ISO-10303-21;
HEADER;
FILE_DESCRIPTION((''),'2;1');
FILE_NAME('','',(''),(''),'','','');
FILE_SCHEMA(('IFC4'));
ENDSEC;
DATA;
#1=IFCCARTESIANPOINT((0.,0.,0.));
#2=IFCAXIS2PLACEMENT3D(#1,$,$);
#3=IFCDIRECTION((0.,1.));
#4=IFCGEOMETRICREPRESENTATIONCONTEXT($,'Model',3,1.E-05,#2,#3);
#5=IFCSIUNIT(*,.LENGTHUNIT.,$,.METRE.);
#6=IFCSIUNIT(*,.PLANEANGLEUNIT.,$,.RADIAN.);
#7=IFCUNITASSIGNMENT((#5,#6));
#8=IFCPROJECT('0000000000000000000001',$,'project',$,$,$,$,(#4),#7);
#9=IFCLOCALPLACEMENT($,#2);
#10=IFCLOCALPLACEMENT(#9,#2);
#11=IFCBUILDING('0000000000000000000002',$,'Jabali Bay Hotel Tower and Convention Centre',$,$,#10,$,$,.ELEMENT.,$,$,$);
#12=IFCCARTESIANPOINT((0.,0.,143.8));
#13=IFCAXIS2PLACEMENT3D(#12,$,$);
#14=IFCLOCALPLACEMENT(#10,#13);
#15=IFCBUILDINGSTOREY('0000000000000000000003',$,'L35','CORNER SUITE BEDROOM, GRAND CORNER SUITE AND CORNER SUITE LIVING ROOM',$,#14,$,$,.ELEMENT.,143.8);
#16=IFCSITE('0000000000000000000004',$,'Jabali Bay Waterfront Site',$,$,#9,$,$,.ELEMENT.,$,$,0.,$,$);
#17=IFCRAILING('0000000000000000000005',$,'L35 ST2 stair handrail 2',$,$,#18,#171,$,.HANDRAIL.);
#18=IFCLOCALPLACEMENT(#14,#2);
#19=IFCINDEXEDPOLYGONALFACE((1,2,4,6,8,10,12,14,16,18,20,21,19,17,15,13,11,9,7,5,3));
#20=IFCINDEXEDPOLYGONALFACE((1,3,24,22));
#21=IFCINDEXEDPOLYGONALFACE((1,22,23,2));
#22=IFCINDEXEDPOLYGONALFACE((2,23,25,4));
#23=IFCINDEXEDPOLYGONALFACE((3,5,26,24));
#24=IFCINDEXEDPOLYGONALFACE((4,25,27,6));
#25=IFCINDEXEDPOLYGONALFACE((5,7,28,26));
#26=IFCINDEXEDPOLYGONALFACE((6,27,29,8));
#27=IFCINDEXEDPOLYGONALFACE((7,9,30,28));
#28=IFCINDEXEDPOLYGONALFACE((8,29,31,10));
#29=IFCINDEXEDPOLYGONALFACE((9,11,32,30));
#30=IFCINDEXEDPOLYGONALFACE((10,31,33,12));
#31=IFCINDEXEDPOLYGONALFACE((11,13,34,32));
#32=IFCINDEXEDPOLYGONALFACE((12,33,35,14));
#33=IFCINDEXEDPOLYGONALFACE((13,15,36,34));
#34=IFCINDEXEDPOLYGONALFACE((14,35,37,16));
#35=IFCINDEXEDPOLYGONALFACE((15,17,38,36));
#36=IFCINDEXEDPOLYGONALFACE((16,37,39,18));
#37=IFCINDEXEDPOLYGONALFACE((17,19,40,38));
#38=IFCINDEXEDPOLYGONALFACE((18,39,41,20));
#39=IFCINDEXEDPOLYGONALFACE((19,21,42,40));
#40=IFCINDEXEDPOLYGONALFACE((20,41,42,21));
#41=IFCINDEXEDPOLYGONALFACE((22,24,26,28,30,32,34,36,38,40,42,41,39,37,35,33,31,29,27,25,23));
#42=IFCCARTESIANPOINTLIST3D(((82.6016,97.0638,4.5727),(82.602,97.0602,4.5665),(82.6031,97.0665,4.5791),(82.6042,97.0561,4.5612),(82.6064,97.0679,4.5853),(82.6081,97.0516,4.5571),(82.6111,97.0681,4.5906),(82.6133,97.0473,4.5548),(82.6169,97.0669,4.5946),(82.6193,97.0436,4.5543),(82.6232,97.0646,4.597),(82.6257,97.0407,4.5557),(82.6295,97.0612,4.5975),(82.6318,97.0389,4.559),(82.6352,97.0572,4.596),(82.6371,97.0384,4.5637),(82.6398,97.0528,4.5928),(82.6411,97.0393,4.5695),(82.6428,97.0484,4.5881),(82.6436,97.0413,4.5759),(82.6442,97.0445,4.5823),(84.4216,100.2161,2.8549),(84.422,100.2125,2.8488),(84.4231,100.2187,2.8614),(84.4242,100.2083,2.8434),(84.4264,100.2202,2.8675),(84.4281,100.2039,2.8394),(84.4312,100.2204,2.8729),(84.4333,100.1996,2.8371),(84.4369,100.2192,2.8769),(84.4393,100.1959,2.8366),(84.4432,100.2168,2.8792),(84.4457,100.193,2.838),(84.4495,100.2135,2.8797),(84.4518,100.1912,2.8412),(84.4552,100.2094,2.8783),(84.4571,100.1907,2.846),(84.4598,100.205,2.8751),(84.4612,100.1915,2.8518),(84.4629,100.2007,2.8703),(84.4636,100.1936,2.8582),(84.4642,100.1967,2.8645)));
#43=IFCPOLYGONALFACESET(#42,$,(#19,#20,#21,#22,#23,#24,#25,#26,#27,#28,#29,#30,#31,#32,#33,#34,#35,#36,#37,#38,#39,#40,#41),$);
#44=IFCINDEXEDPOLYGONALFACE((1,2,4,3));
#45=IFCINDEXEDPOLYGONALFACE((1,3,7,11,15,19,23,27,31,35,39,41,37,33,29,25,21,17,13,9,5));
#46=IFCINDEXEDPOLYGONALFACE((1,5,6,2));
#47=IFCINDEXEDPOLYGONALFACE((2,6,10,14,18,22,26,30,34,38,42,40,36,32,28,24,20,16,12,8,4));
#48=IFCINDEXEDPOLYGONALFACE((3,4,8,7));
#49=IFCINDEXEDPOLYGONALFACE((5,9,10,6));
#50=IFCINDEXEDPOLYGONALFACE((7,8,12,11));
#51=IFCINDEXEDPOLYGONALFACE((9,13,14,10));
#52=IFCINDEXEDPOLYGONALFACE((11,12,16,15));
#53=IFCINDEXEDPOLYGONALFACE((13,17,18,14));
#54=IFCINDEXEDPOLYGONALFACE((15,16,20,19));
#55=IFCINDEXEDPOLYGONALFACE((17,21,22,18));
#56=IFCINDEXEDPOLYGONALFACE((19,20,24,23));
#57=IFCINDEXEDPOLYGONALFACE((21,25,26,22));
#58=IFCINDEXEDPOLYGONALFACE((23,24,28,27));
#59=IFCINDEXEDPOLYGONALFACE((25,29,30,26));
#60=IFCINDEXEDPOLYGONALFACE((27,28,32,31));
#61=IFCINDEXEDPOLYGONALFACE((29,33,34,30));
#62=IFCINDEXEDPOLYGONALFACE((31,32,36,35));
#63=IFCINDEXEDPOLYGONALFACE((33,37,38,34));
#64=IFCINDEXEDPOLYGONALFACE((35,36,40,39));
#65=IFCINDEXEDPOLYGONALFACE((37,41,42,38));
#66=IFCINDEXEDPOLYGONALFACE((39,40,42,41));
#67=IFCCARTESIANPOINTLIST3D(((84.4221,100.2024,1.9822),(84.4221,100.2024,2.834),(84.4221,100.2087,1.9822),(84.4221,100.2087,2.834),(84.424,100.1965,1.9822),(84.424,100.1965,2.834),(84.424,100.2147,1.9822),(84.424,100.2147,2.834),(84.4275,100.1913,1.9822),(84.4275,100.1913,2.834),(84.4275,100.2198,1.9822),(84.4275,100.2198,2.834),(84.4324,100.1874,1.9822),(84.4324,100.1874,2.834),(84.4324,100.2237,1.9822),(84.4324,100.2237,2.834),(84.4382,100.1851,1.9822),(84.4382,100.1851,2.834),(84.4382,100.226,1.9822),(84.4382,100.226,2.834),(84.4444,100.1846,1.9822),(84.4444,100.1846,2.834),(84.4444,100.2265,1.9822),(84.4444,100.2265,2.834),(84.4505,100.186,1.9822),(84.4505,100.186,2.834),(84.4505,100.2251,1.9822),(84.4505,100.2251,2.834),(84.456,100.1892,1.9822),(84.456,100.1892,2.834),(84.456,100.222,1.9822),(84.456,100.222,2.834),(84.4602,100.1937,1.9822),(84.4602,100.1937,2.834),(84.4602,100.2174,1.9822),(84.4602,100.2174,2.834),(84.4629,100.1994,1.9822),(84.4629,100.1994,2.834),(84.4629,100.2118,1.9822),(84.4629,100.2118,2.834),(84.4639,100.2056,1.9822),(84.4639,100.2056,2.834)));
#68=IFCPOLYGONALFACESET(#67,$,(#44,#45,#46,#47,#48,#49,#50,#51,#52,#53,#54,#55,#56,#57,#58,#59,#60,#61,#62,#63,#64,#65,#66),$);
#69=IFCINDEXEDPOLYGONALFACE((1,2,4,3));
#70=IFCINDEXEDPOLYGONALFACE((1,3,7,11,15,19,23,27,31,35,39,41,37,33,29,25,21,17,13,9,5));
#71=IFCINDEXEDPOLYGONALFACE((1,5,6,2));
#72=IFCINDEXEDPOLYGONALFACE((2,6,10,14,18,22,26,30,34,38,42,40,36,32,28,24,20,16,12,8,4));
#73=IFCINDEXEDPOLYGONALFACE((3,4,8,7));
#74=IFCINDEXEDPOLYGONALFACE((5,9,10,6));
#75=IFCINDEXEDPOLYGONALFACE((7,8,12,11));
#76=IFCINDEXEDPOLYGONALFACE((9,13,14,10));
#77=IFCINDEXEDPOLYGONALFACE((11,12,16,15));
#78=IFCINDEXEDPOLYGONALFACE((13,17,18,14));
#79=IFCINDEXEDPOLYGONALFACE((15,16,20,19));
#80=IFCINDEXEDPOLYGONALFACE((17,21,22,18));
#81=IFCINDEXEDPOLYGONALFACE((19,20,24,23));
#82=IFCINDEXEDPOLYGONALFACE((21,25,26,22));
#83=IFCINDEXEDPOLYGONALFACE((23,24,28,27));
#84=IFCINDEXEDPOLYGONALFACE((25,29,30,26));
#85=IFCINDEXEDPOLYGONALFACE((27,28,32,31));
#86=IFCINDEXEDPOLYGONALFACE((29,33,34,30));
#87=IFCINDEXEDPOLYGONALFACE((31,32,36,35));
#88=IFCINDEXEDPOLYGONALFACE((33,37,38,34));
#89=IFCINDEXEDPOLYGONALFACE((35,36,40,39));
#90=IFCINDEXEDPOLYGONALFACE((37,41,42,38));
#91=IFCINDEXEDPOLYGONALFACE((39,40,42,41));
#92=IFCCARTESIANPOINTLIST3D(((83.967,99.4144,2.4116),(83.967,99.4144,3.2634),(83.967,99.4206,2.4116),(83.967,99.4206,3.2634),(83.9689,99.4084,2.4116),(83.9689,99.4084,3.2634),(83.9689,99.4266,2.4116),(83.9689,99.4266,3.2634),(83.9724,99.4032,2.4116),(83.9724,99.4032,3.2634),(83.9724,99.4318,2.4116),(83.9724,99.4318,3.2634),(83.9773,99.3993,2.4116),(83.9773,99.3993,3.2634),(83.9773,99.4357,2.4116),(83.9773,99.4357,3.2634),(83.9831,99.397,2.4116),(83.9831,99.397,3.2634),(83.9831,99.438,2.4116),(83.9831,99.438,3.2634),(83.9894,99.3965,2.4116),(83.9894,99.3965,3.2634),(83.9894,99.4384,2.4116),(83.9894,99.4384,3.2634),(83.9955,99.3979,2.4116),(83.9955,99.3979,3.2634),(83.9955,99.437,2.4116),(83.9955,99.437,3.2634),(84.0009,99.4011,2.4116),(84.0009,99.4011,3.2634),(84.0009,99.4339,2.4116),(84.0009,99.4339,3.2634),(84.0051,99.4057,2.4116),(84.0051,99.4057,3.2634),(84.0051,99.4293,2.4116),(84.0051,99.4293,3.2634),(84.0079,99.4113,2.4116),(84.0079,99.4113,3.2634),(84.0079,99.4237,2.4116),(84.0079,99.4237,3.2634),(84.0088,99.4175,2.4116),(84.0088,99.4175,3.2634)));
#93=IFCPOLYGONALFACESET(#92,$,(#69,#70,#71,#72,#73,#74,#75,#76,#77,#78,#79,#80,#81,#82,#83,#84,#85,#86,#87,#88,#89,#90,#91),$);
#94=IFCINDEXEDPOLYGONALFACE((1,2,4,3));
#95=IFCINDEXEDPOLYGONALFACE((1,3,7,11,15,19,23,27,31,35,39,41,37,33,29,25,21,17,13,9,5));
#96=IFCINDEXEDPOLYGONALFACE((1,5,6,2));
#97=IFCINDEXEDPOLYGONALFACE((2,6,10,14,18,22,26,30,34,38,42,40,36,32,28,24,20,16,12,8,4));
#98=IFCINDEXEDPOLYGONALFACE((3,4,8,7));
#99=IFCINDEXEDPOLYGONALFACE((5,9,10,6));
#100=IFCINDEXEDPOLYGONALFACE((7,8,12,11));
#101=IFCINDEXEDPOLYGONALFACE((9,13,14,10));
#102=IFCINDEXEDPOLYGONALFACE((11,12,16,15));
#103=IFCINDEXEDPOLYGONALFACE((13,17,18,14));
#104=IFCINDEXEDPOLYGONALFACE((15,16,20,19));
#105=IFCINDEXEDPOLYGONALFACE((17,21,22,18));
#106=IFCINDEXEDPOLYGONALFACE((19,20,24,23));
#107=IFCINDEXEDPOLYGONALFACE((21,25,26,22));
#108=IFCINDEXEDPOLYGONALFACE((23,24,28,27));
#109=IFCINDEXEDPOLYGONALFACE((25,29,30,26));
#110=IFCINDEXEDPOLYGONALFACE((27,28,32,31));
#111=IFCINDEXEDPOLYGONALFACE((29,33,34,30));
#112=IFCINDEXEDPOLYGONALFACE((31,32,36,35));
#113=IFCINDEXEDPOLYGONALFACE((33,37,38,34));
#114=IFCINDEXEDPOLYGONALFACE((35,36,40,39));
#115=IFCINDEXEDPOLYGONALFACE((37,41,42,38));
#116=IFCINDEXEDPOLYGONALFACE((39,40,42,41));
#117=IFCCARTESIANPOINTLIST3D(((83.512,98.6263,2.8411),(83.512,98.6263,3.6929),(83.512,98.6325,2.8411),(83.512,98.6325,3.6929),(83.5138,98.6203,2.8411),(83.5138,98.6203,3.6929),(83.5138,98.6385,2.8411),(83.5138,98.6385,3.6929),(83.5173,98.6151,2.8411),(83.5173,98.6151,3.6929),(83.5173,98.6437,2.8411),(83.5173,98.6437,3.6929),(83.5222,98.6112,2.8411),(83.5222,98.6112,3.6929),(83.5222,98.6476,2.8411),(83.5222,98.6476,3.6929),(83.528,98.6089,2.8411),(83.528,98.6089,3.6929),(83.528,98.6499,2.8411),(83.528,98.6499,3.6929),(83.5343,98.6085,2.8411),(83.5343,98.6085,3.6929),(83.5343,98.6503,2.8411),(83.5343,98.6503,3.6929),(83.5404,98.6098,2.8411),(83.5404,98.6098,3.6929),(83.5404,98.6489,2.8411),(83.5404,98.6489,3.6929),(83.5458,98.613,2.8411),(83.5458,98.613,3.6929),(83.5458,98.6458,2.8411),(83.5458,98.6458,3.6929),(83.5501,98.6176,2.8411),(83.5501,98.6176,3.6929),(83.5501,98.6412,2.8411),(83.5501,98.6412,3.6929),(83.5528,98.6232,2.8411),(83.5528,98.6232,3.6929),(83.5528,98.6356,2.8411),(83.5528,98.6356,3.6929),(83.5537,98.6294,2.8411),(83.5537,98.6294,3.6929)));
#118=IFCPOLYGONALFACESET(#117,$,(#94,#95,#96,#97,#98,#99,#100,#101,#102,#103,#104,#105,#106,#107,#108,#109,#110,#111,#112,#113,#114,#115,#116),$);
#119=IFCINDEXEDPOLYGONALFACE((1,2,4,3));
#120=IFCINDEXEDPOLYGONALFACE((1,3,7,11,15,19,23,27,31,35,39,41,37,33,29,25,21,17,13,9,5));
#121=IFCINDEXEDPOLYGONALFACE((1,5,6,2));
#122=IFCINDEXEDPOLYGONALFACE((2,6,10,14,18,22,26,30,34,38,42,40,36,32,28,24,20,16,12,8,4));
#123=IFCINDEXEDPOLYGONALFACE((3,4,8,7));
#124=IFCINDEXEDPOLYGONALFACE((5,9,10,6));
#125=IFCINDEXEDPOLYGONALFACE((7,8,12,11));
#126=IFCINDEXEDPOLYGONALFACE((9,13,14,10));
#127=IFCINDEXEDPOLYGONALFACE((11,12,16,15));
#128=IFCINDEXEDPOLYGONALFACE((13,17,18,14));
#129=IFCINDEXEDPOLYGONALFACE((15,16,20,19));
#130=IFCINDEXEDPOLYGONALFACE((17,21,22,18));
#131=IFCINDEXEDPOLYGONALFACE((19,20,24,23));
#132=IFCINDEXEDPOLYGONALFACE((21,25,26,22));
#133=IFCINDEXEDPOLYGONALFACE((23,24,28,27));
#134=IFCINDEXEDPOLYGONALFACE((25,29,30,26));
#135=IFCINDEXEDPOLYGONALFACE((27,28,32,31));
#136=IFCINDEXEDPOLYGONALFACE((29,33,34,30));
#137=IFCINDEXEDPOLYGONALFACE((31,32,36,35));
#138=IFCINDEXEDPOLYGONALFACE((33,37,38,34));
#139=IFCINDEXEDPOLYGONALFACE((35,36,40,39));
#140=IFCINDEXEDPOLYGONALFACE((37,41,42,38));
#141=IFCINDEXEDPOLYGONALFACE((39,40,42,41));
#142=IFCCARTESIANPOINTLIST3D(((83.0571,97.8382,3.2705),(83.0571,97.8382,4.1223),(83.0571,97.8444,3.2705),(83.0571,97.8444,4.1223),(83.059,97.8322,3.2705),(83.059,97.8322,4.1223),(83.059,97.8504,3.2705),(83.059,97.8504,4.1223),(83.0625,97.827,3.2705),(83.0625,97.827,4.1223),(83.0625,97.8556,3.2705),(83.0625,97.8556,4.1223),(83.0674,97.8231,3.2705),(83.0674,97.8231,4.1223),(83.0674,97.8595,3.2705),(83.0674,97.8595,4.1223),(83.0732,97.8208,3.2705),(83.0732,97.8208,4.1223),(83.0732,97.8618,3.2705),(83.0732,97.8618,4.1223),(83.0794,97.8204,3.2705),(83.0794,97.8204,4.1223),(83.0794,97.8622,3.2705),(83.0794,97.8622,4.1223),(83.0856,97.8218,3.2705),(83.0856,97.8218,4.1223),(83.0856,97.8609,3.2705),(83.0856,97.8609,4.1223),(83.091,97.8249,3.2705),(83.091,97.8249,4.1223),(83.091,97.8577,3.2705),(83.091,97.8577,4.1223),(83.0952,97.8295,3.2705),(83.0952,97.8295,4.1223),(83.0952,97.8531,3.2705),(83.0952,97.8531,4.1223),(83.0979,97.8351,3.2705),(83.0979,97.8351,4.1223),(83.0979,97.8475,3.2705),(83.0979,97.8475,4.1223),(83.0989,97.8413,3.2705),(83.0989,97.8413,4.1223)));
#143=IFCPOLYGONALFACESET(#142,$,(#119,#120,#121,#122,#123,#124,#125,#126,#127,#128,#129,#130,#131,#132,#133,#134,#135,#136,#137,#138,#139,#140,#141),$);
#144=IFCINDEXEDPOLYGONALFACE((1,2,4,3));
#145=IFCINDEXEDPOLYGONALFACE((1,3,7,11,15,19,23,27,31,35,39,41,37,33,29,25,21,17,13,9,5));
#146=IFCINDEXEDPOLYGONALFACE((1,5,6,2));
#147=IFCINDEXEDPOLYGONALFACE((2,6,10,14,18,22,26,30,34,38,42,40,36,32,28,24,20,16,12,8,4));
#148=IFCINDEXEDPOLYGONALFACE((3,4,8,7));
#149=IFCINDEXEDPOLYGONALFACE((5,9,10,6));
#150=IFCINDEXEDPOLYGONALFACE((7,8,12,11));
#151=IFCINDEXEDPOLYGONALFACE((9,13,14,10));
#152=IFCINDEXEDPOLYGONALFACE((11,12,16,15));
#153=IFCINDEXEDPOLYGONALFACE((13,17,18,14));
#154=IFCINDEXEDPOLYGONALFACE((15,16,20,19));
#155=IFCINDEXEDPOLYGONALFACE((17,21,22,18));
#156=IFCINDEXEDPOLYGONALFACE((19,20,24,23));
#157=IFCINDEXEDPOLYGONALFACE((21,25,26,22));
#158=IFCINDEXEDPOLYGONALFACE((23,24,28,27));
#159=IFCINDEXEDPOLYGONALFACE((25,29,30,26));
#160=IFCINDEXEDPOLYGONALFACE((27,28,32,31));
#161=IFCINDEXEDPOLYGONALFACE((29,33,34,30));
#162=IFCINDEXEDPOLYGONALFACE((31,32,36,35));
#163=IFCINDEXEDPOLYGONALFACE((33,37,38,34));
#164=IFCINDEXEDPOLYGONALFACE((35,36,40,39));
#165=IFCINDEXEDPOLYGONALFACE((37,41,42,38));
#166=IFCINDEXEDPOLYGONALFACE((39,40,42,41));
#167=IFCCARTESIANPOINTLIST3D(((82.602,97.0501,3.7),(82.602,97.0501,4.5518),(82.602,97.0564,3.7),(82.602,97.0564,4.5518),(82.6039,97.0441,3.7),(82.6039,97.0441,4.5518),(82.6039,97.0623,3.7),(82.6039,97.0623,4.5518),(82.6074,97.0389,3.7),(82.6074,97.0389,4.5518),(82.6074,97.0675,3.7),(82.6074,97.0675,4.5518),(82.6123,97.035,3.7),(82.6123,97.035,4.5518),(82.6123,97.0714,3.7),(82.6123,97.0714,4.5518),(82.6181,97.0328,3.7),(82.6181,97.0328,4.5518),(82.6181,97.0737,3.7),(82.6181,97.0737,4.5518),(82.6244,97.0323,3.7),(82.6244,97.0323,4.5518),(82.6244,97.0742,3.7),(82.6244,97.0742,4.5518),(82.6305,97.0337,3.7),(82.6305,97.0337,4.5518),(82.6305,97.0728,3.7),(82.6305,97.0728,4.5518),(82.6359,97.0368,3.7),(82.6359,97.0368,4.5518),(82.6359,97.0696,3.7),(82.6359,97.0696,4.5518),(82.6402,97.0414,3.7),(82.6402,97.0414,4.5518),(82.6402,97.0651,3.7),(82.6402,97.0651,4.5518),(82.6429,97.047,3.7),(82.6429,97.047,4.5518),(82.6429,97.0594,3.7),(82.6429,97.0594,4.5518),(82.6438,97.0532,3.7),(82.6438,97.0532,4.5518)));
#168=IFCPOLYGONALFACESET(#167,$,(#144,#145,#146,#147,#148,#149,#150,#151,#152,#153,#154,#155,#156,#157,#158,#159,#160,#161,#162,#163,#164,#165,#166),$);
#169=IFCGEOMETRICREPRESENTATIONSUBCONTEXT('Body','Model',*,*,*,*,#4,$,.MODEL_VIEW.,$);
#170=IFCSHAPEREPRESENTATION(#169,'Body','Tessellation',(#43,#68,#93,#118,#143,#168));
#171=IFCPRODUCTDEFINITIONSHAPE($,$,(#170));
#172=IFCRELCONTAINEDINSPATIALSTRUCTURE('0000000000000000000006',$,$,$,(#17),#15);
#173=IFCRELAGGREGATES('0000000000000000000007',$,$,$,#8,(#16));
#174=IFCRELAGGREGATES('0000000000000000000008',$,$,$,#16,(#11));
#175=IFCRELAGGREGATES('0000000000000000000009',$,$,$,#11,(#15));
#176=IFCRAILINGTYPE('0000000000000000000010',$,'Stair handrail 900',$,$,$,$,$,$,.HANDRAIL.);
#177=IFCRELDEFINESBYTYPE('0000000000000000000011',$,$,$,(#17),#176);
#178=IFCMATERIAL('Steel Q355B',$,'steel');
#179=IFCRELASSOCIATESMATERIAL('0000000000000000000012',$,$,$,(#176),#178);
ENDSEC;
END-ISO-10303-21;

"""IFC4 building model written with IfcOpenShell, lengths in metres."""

from ifc_helpers import new_model, si_unit, direction, frame, origin, origin_2d, place, context, subcontext, project, spatial, circle, extrude, material, type_object, element, save


model = new_model("IFC4")

# Units and contexts
model_context = context("Model", 3, precision=1e-05, world=origin(), true_north=direction((0.0, 1.0)))
body_context = subcontext(model_context, "Body", "Model", "MODEL_VIEW")
ifc_project = project(units=[si_unit("LENGTHUNIT", "METRE"), si_unit("PLANEANGLEUNIT", "RADIAN")], contexts=[model_context])

# Site, building, storey
site_placement = place(None, origin())
site = spatial("IfcSite", under=ifc_project, at=site_placement, Name="Jabali Bay Waterfront Site", CompositionType="ELEMENT", RefElevation=0.0)
building_placement = place(site_placement, origin())
building = spatial("IfcBuilding", under=site, at=building_placement, Name="Jabali Bay Hotel Tower and Convention Centre", CompositionType="ELEMENT")
storey_placement = place(building_placement, frame((0.0, 0.0, 143.8)))
storey = spatial("IfcBuildingStorey", under=building, at=storey_placement, Name="L35", Description="CORNER SUITE BEDROOM, GRAND CORNER SUITE AND CORNER SUITE LIVING ROOM", CompositionType="ELEMENT", Elevation=143.8)

# Railing
ifc_material_1 = material(Name="Steel Q355B", Category="steel")
railing_type_1 = type_object("IfcRailingType", Name="Stair handrail 900", PredefinedType="HANDRAIL", material=ifc_material_1)
railing_1_placement = place(storey_placement, frame((84.4429, 100.2056, 1.9822)))
element("IfcRailing", 1, at=railing_1_placement, inside=storey, type_object=railing_type_1, Name="L35 ST2 stair handrail 2", PredefinedType="HANDRAIL", context=body_context, shape_type="SweptSolid", body=[
    extrude(circle(Radius=0.0239, at=origin_2d()), frame((0.0, 0.0, 0.876), z_axis=(-0.45219, -0.78319, 0.426775), x_axis=(0.866018, -0.500013, 0.0)), (0.0, 0.0, 1.0), 4.0249),
    extrude(circle(Radius=0.021, at=origin_2d()), origin(), (0.0, 0.0, 1.0), 0.8518),
    extrude(circle(Radius=0.021, at=origin_2d()), frame((-0.4551, -0.7881, 0.4294)), (0.0, 0.0, 1.0), 0.8518),
    extrude(circle(Radius=0.021, at=origin_2d()), frame((-0.9102, -1.5762, 0.8589)), (0.0, 0.0, 1.0), 0.8518),
    extrude(circle(Radius=0.021, at=origin_2d()), frame((-1.365, -2.3643, 1.2883)), (0.0, 0.0, 1.0), 0.8518),
    extrude(circle(Radius=0.021, at=origin_2d()), frame((-1.8201, -3.1523, 1.7178)), (0.0, 0.0, 1.0), 0.8518),
])

save(model, "model.ifc")
